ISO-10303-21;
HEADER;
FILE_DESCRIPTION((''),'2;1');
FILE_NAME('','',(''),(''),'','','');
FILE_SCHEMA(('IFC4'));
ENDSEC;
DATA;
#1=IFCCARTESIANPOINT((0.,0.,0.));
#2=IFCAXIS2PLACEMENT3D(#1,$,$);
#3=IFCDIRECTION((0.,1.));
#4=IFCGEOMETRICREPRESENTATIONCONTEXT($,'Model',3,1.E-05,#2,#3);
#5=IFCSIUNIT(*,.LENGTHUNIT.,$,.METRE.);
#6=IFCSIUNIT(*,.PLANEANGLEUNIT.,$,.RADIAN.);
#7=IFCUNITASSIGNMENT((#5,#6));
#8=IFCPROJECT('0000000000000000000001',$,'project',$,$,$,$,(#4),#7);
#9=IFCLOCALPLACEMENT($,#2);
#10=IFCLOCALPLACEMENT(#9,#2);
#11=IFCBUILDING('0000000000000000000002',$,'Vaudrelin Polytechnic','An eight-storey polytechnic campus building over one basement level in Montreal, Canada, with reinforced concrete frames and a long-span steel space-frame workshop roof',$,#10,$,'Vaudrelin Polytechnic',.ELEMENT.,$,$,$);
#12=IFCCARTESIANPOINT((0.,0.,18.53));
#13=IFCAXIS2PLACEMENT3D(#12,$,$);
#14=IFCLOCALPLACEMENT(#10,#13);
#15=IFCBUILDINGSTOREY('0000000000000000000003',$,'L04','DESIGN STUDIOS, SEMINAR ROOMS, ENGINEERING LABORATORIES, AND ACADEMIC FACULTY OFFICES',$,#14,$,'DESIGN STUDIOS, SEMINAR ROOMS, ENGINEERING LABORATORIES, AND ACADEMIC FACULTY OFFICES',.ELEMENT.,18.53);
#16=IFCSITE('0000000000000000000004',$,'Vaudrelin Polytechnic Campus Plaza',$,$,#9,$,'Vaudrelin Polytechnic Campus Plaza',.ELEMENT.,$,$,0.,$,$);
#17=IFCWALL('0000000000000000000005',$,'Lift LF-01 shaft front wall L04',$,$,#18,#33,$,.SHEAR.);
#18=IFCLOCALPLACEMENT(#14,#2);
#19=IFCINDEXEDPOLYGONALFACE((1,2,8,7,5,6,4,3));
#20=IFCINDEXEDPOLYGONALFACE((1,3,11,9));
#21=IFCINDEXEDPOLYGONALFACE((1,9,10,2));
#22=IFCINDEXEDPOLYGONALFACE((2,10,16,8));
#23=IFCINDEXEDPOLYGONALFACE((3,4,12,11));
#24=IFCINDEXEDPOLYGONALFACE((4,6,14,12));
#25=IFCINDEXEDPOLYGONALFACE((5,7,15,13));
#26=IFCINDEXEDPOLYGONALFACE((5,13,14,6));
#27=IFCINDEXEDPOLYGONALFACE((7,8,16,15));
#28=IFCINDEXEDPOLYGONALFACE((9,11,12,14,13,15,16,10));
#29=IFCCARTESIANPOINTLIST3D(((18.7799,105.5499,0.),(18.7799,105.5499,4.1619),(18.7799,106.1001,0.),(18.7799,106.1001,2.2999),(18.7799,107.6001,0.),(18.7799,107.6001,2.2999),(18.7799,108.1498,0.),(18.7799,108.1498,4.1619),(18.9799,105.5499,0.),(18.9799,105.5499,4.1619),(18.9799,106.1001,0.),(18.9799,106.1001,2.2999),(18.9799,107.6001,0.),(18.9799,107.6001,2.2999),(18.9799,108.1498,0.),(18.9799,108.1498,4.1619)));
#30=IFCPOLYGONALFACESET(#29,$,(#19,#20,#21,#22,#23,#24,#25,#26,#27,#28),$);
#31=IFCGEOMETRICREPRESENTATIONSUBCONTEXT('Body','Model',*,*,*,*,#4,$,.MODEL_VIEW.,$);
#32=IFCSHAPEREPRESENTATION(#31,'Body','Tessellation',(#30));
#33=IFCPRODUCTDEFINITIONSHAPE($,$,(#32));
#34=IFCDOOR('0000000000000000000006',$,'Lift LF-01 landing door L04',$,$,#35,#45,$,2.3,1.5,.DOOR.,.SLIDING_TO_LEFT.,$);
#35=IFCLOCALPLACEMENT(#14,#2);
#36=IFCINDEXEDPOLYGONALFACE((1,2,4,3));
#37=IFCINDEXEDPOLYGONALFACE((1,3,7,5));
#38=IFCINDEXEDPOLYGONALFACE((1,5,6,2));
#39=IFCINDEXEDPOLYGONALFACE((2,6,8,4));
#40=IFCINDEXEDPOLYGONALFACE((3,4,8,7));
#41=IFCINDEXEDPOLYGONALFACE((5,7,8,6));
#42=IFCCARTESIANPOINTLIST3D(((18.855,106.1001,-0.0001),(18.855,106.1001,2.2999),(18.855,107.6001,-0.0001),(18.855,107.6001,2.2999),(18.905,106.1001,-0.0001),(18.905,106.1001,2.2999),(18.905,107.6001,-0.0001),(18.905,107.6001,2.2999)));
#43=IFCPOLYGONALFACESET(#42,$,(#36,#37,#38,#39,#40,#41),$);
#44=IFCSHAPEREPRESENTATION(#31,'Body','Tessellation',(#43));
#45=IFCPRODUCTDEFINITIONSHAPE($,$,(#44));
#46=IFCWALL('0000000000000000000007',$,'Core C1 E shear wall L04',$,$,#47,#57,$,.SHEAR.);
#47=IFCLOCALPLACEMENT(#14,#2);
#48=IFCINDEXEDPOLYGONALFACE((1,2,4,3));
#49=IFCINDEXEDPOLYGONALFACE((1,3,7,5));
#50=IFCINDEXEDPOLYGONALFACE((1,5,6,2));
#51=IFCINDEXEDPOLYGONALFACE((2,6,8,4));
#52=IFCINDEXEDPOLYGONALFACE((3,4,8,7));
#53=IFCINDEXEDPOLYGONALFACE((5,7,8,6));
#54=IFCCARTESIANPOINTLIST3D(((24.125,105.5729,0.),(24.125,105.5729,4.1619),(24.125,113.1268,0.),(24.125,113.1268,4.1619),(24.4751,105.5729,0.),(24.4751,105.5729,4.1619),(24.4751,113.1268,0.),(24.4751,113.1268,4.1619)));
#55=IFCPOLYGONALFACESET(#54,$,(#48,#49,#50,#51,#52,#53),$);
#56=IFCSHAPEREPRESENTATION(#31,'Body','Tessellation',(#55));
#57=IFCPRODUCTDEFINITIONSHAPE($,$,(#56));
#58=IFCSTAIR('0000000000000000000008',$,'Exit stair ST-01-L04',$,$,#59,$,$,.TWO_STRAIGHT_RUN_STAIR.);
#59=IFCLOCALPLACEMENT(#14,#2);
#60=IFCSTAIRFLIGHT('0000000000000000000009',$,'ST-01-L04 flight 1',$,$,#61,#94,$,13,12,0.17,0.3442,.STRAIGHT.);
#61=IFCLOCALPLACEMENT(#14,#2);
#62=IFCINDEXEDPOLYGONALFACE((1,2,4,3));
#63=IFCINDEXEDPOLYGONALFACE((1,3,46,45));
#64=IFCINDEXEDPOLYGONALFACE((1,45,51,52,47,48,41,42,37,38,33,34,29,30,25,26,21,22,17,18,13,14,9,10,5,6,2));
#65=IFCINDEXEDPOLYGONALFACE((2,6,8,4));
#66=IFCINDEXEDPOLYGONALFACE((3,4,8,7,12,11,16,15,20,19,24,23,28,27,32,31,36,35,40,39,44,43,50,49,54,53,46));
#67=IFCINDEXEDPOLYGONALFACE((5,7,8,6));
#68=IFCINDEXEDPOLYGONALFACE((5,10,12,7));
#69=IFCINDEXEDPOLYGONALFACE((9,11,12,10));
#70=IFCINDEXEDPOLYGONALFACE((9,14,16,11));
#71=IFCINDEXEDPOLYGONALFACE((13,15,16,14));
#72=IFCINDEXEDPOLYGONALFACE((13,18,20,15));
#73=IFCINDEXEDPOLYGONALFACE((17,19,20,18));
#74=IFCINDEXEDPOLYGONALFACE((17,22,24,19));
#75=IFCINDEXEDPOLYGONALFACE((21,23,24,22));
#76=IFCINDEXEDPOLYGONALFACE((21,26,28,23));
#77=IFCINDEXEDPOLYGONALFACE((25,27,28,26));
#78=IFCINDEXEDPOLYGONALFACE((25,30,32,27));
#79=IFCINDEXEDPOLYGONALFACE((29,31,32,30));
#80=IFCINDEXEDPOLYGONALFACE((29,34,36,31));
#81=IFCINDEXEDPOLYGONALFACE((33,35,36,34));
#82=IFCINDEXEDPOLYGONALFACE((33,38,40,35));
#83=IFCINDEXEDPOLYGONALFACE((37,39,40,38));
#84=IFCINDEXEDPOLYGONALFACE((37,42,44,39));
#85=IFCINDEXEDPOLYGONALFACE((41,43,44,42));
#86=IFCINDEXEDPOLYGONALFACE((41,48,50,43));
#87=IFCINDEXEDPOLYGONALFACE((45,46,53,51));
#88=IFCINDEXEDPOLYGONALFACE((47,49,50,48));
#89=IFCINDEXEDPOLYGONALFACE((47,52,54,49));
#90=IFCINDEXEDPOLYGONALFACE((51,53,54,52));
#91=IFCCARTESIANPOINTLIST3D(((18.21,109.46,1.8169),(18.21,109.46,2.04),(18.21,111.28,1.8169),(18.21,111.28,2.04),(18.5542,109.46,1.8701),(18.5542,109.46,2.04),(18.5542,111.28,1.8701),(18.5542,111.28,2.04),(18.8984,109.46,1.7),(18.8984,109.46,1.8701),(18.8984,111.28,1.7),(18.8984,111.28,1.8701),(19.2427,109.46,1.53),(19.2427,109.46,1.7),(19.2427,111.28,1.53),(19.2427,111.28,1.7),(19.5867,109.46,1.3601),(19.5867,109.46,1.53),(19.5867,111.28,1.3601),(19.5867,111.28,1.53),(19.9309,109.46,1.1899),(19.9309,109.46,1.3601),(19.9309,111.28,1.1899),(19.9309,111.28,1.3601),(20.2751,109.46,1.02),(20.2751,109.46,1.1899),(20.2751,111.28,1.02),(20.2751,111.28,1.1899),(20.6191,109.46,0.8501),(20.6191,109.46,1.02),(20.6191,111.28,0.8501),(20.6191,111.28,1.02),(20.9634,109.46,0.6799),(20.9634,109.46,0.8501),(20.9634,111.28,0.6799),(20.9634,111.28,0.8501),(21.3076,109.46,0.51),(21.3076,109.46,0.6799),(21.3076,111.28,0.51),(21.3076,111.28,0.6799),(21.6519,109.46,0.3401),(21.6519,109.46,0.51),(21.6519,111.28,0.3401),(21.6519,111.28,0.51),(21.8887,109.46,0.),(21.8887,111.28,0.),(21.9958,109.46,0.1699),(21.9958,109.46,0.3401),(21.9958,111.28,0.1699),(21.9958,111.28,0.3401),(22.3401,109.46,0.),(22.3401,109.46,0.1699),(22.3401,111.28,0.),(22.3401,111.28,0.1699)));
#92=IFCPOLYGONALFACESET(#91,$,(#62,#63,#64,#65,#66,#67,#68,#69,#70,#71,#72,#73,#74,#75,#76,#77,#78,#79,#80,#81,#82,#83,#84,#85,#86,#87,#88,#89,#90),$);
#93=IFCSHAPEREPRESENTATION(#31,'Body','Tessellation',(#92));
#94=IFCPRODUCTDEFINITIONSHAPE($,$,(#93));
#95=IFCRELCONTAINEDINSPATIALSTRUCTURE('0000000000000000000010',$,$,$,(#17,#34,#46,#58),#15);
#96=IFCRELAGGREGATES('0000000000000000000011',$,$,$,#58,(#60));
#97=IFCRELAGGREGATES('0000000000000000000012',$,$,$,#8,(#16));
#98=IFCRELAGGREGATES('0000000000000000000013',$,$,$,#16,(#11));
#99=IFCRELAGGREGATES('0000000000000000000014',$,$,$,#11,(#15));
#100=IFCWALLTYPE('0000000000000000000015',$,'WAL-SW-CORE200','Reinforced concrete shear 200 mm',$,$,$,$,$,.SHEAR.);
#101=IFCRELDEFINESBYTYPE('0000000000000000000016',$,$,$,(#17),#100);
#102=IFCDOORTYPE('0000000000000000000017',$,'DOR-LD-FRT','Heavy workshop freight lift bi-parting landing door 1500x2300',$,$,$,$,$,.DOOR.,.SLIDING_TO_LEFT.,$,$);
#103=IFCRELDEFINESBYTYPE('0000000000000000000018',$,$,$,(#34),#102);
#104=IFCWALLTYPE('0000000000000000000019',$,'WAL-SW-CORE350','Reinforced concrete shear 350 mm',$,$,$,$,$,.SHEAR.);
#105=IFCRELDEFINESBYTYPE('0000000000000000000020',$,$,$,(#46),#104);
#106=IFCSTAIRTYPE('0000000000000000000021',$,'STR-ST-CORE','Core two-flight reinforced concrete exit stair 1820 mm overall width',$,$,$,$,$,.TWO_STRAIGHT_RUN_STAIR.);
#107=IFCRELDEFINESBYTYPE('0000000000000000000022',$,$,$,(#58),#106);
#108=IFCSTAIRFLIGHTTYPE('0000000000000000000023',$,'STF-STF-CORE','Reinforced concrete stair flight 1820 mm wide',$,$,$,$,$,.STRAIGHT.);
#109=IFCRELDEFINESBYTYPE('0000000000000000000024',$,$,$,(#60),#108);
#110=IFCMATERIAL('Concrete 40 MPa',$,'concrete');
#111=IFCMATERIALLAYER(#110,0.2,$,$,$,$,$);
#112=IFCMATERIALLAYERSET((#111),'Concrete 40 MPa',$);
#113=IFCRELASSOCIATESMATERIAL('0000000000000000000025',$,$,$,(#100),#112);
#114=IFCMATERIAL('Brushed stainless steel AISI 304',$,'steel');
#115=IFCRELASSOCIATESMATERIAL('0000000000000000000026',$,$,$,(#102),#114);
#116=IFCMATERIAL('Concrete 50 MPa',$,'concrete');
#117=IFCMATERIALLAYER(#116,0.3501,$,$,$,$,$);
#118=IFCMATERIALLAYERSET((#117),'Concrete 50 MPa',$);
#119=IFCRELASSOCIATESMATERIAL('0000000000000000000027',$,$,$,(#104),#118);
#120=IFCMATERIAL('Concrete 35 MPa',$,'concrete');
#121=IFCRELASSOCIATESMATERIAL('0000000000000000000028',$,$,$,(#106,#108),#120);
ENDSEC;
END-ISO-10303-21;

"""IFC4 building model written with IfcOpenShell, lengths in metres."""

from ifc_helpers import new_model, si_unit, direction, frame, frame_2d, origin, place, context, subcontext, project, spatial, polyline, rectangle, outline, extrude, material, layer, layer_set, type_object, element, fill, aggregate, save


model = new_model("IFC4")

# Units and contexts
model_context = context("Model", 3, precision=1e-05, world=origin(), true_north=direction((0.0, 1.0)))
body_context = subcontext(model_context, "Body", "Model", "MODEL_VIEW")
ifc_project = project(units=[si_unit("LENGTHUNIT", "METRE"), si_unit("PLANEANGLEUNIT", "RADIAN")], contexts=[model_context])

# Site, building, storey
site_placement = place(None, origin())
site = spatial("IfcSite", under=ifc_project, at=site_placement, Name="Vaudrelin Polytechnic Campus Plaza", LongName="Vaudrelin Polytechnic Campus Plaza", CompositionType="ELEMENT", RefElevation=0.0)
building_placement = place(site_placement, origin())
building = spatial("IfcBuilding", under=site, at=building_placement, Name="Vaudrelin Polytechnic", Description="An eight-storey polytechnic campus building over one basement level in Montreal, Canada, with reinforced concrete frames and a long-span steel space-frame workshop roof", LongName="Vaudrelin Polytechnic", CompositionType="ELEMENT")
storey_placement = place(building_placement, frame((0.0, 0.0, 18.53)))
storey = spatial("IfcBuildingStorey", under=building, at=storey_placement, Name="L04", Description="DESIGN STUDIOS, SEMINAR ROOMS, ENGINEERING LABORATORIES, AND ACADEMIC FACULTY OFFICES", LongName="DESIGN STUDIOS, SEMINAR ROOMS, ENGINEERING LABORATORIES, AND ACADEMIC FACULTY OFFICES", CompositionType="ELEMENT", Elevation=18.53)

# Shared definitions
ifc_material_1 = material(Name="Concrete 40 MPa", Category="concrete")

# Shared definitions
ifc_material_2 = material(Name="Concrete 50 MPa", Category="concrete")

# Wall, opening, door
ifc_layer_1 = layer(ifc_material_1, 0.2)
ifc_layer_set_1 = layer_set([ifc_layer_1], Name="Concrete 40 MPa")
wall_type_1 = type_object("IfcWallType", Name="WAL-SW-CORE200", Description="Reinforced concrete shear 200 mm", PredefinedType="SHEAR", material=ifc_layer_set_1)
wall_1_placement = place(storey_placement, frame((18.8799, 105.55, 0.0), z_axis=(0.0, 0.0, 1.0), x_axis=(0.0, 1.0, 0.0)))
wall_1 = element("IfcWall", 1, at=wall_1_placement, inside=storey, type_object=wall_type_1, Name="Lift LF-01 shaft front wall L04", PredefinedType="SHEAR", context=body_context, shape_type="SweptSolid", body=[
    extrude(rectangle(XDim=2.5999, YDim=0.2, at=frame_2d((1.2998, 0.0))), origin(), (0.0, 0.0, 1.0), 4.1619),
])
opening_1_placement = place(wall_1_placement, frame((0.55, 0.0, 0.0)))
opening_1 = element("IfcOpeningElement", 2, at=opening_1_placement, cuts=wall_1, PredefinedType="OPENING", context=body_context, shape_type="SweptSolid", body=[
    extrude(rectangle(XDim=1.5, YDim=2.3, at=frame_2d((0.75, 1.1499))), frame((0.0, 0.1099, 0.0), z_axis=(0.0, -1.0, 0.0), x_axis=(1.0, 0.0, 0.0)), (0.0, 0.0, 1.0), 0.22),
])
ifc_material_3 = material(Name="Brushed stainless steel AISI 304", Category="steel")
door_type_1 = type_object("IfcDoorType", Name="DOR-LD-FRT", Description="Heavy workshop freight lift bi-parting landing door 1500x2300", OperationType="SLIDING_TO_LEFT", PredefinedType="DOOR", material=ifc_material_3)
door_1_placement = place(opening_1_placement, origin())
door_1 = element("IfcDoor", 3, at=door_1_placement, inside=storey, type_object=door_type_1, Name="Lift LF-01 landing door L04", OperationType="SLIDING_TO_LEFT", OverallHeight=2.3, OverallWidth=1.5, PredefinedType="DOOR", context=body_context, shape_type="SweptSolid", body=[
    extrude(rectangle(XDim=1.5, YDim=2.3, at=frame_2d((0.75, 1.1499))), frame((0.0, 0.0249, 0.0), z_axis=(0.0, -1.0, 0.0), x_axis=(1.0, 0.0, 0.0)), (0.0, 0.0, 1.0), 0.05),
])
fill(opening_1, door_1)

# Wall
ifc_layer_2 = layer(ifc_material_2, 0.3501)
ifc_layer_set_2 = layer_set([ifc_layer_2], Name="Concrete 50 MPa")
wall_type_2 = type_object("IfcWallType", Name="WAL-SW-CORE350", Description="Reinforced concrete shear 350 mm", PredefinedType="SHEAR", material=ifc_layer_set_2)
wall_2_placement = place(storey_placement, frame((24.3, 105.573, 0.0), z_axis=(0.0, 0.0, 1.0), x_axis=(0.0, 1.0, 0.0)))
element("IfcWall", 4, at=wall_2_placement, inside=storey, type_object=wall_type_2, Name="Core C1 E shear wall L04", PredefinedType="SHEAR", context=body_context, shape_type="SweptSolid", body=[
    extrude(rectangle(XDim=7.554, YDim=0.3501, at=frame_2d((3.7769, 0.0))), origin(), (0.0, 0.0, 1.0), 4.1619),
])

# Stair, stair flight
ifc_material_4 = material(Name="Concrete 35 MPa", Category="concrete")
stair_type = type_object("IfcStairType", Name="STR-ST-CORE", Description="Core two-flight reinforced concrete exit stair 1820 mm overall width", PredefinedType="TWO_STRAIGHT_RUN_STAIR", material=ifc_material_4)
stair_placement = place(storey_placement, origin())
stair = element("IfcStair", 5, at=stair_placement, inside=storey, type_object=stair_type, Name="Exit stair ST-01-L04", PredefinedType="TWO_STRAIGHT_RUN_STAIR")
stair_flight_type = type_object("IfcStairFlightType", Name="STF-STF-CORE", Description="Reinforced concrete stair flight 1820 mm wide", PredefinedType="STRAIGHT", material=ifc_material_4)
stair_flight_placement = place(storey_placement, frame((22.3401, 110.3701, 0.0), z_axis=(0.0, 0.0, 1.0), x_axis=(-1.0, 0.0, 0.0)))
stair_flight = element("IfcStairFlight", 6, at=stair_flight_placement, type_object=stair_flight_type, Name="ST-01-L04 flight 1", NumberOfRisers=13, NumberOfTreads=12, PredefinedType="STRAIGHT", RiserHeight=0.17, TreadLength=0.3442, context=body_context, shape_type="SweptSolid", body=[
    extrude(outline(polyline([(0.0, 0.0), (0.0, 0.1699), (0.3442, 0.1699), (0.3442, 0.3401), (0.6882, 0.3401), (0.6882, 0.51), (1.0325, 0.51), (1.0325, 0.6799), (1.3767, 0.6799), (1.3767, 0.8501), (1.7209, 0.8501), (1.7209, 1.02), (2.0649, 1.02), (2.0649, 1.1899), (2.4092, 1.1899), (2.4092, 1.3601), (2.7534, 1.3601), (2.7534, 1.53), (3.0974, 1.53), (3.0974, 1.7), (3.4417, 1.7), (3.4417, 1.8701), (3.7859, 1.8701), (3.7859, 2.04), (4.1301, 2.04), (4.1301, 2.21), (4.1301, 1.8169), (0.4514, 0.0), (0.0, 0.0)])), frame((0.0, 0.9102, 0.0), z_axis=(0.0, -1.0, 0.0), x_axis=(1.0, 0.0, 0.0)), (0.0, 0.0, 1.0), 1.8201),
])
aggregate(stair, [stair_flight])

save(model, "model.ifc")
